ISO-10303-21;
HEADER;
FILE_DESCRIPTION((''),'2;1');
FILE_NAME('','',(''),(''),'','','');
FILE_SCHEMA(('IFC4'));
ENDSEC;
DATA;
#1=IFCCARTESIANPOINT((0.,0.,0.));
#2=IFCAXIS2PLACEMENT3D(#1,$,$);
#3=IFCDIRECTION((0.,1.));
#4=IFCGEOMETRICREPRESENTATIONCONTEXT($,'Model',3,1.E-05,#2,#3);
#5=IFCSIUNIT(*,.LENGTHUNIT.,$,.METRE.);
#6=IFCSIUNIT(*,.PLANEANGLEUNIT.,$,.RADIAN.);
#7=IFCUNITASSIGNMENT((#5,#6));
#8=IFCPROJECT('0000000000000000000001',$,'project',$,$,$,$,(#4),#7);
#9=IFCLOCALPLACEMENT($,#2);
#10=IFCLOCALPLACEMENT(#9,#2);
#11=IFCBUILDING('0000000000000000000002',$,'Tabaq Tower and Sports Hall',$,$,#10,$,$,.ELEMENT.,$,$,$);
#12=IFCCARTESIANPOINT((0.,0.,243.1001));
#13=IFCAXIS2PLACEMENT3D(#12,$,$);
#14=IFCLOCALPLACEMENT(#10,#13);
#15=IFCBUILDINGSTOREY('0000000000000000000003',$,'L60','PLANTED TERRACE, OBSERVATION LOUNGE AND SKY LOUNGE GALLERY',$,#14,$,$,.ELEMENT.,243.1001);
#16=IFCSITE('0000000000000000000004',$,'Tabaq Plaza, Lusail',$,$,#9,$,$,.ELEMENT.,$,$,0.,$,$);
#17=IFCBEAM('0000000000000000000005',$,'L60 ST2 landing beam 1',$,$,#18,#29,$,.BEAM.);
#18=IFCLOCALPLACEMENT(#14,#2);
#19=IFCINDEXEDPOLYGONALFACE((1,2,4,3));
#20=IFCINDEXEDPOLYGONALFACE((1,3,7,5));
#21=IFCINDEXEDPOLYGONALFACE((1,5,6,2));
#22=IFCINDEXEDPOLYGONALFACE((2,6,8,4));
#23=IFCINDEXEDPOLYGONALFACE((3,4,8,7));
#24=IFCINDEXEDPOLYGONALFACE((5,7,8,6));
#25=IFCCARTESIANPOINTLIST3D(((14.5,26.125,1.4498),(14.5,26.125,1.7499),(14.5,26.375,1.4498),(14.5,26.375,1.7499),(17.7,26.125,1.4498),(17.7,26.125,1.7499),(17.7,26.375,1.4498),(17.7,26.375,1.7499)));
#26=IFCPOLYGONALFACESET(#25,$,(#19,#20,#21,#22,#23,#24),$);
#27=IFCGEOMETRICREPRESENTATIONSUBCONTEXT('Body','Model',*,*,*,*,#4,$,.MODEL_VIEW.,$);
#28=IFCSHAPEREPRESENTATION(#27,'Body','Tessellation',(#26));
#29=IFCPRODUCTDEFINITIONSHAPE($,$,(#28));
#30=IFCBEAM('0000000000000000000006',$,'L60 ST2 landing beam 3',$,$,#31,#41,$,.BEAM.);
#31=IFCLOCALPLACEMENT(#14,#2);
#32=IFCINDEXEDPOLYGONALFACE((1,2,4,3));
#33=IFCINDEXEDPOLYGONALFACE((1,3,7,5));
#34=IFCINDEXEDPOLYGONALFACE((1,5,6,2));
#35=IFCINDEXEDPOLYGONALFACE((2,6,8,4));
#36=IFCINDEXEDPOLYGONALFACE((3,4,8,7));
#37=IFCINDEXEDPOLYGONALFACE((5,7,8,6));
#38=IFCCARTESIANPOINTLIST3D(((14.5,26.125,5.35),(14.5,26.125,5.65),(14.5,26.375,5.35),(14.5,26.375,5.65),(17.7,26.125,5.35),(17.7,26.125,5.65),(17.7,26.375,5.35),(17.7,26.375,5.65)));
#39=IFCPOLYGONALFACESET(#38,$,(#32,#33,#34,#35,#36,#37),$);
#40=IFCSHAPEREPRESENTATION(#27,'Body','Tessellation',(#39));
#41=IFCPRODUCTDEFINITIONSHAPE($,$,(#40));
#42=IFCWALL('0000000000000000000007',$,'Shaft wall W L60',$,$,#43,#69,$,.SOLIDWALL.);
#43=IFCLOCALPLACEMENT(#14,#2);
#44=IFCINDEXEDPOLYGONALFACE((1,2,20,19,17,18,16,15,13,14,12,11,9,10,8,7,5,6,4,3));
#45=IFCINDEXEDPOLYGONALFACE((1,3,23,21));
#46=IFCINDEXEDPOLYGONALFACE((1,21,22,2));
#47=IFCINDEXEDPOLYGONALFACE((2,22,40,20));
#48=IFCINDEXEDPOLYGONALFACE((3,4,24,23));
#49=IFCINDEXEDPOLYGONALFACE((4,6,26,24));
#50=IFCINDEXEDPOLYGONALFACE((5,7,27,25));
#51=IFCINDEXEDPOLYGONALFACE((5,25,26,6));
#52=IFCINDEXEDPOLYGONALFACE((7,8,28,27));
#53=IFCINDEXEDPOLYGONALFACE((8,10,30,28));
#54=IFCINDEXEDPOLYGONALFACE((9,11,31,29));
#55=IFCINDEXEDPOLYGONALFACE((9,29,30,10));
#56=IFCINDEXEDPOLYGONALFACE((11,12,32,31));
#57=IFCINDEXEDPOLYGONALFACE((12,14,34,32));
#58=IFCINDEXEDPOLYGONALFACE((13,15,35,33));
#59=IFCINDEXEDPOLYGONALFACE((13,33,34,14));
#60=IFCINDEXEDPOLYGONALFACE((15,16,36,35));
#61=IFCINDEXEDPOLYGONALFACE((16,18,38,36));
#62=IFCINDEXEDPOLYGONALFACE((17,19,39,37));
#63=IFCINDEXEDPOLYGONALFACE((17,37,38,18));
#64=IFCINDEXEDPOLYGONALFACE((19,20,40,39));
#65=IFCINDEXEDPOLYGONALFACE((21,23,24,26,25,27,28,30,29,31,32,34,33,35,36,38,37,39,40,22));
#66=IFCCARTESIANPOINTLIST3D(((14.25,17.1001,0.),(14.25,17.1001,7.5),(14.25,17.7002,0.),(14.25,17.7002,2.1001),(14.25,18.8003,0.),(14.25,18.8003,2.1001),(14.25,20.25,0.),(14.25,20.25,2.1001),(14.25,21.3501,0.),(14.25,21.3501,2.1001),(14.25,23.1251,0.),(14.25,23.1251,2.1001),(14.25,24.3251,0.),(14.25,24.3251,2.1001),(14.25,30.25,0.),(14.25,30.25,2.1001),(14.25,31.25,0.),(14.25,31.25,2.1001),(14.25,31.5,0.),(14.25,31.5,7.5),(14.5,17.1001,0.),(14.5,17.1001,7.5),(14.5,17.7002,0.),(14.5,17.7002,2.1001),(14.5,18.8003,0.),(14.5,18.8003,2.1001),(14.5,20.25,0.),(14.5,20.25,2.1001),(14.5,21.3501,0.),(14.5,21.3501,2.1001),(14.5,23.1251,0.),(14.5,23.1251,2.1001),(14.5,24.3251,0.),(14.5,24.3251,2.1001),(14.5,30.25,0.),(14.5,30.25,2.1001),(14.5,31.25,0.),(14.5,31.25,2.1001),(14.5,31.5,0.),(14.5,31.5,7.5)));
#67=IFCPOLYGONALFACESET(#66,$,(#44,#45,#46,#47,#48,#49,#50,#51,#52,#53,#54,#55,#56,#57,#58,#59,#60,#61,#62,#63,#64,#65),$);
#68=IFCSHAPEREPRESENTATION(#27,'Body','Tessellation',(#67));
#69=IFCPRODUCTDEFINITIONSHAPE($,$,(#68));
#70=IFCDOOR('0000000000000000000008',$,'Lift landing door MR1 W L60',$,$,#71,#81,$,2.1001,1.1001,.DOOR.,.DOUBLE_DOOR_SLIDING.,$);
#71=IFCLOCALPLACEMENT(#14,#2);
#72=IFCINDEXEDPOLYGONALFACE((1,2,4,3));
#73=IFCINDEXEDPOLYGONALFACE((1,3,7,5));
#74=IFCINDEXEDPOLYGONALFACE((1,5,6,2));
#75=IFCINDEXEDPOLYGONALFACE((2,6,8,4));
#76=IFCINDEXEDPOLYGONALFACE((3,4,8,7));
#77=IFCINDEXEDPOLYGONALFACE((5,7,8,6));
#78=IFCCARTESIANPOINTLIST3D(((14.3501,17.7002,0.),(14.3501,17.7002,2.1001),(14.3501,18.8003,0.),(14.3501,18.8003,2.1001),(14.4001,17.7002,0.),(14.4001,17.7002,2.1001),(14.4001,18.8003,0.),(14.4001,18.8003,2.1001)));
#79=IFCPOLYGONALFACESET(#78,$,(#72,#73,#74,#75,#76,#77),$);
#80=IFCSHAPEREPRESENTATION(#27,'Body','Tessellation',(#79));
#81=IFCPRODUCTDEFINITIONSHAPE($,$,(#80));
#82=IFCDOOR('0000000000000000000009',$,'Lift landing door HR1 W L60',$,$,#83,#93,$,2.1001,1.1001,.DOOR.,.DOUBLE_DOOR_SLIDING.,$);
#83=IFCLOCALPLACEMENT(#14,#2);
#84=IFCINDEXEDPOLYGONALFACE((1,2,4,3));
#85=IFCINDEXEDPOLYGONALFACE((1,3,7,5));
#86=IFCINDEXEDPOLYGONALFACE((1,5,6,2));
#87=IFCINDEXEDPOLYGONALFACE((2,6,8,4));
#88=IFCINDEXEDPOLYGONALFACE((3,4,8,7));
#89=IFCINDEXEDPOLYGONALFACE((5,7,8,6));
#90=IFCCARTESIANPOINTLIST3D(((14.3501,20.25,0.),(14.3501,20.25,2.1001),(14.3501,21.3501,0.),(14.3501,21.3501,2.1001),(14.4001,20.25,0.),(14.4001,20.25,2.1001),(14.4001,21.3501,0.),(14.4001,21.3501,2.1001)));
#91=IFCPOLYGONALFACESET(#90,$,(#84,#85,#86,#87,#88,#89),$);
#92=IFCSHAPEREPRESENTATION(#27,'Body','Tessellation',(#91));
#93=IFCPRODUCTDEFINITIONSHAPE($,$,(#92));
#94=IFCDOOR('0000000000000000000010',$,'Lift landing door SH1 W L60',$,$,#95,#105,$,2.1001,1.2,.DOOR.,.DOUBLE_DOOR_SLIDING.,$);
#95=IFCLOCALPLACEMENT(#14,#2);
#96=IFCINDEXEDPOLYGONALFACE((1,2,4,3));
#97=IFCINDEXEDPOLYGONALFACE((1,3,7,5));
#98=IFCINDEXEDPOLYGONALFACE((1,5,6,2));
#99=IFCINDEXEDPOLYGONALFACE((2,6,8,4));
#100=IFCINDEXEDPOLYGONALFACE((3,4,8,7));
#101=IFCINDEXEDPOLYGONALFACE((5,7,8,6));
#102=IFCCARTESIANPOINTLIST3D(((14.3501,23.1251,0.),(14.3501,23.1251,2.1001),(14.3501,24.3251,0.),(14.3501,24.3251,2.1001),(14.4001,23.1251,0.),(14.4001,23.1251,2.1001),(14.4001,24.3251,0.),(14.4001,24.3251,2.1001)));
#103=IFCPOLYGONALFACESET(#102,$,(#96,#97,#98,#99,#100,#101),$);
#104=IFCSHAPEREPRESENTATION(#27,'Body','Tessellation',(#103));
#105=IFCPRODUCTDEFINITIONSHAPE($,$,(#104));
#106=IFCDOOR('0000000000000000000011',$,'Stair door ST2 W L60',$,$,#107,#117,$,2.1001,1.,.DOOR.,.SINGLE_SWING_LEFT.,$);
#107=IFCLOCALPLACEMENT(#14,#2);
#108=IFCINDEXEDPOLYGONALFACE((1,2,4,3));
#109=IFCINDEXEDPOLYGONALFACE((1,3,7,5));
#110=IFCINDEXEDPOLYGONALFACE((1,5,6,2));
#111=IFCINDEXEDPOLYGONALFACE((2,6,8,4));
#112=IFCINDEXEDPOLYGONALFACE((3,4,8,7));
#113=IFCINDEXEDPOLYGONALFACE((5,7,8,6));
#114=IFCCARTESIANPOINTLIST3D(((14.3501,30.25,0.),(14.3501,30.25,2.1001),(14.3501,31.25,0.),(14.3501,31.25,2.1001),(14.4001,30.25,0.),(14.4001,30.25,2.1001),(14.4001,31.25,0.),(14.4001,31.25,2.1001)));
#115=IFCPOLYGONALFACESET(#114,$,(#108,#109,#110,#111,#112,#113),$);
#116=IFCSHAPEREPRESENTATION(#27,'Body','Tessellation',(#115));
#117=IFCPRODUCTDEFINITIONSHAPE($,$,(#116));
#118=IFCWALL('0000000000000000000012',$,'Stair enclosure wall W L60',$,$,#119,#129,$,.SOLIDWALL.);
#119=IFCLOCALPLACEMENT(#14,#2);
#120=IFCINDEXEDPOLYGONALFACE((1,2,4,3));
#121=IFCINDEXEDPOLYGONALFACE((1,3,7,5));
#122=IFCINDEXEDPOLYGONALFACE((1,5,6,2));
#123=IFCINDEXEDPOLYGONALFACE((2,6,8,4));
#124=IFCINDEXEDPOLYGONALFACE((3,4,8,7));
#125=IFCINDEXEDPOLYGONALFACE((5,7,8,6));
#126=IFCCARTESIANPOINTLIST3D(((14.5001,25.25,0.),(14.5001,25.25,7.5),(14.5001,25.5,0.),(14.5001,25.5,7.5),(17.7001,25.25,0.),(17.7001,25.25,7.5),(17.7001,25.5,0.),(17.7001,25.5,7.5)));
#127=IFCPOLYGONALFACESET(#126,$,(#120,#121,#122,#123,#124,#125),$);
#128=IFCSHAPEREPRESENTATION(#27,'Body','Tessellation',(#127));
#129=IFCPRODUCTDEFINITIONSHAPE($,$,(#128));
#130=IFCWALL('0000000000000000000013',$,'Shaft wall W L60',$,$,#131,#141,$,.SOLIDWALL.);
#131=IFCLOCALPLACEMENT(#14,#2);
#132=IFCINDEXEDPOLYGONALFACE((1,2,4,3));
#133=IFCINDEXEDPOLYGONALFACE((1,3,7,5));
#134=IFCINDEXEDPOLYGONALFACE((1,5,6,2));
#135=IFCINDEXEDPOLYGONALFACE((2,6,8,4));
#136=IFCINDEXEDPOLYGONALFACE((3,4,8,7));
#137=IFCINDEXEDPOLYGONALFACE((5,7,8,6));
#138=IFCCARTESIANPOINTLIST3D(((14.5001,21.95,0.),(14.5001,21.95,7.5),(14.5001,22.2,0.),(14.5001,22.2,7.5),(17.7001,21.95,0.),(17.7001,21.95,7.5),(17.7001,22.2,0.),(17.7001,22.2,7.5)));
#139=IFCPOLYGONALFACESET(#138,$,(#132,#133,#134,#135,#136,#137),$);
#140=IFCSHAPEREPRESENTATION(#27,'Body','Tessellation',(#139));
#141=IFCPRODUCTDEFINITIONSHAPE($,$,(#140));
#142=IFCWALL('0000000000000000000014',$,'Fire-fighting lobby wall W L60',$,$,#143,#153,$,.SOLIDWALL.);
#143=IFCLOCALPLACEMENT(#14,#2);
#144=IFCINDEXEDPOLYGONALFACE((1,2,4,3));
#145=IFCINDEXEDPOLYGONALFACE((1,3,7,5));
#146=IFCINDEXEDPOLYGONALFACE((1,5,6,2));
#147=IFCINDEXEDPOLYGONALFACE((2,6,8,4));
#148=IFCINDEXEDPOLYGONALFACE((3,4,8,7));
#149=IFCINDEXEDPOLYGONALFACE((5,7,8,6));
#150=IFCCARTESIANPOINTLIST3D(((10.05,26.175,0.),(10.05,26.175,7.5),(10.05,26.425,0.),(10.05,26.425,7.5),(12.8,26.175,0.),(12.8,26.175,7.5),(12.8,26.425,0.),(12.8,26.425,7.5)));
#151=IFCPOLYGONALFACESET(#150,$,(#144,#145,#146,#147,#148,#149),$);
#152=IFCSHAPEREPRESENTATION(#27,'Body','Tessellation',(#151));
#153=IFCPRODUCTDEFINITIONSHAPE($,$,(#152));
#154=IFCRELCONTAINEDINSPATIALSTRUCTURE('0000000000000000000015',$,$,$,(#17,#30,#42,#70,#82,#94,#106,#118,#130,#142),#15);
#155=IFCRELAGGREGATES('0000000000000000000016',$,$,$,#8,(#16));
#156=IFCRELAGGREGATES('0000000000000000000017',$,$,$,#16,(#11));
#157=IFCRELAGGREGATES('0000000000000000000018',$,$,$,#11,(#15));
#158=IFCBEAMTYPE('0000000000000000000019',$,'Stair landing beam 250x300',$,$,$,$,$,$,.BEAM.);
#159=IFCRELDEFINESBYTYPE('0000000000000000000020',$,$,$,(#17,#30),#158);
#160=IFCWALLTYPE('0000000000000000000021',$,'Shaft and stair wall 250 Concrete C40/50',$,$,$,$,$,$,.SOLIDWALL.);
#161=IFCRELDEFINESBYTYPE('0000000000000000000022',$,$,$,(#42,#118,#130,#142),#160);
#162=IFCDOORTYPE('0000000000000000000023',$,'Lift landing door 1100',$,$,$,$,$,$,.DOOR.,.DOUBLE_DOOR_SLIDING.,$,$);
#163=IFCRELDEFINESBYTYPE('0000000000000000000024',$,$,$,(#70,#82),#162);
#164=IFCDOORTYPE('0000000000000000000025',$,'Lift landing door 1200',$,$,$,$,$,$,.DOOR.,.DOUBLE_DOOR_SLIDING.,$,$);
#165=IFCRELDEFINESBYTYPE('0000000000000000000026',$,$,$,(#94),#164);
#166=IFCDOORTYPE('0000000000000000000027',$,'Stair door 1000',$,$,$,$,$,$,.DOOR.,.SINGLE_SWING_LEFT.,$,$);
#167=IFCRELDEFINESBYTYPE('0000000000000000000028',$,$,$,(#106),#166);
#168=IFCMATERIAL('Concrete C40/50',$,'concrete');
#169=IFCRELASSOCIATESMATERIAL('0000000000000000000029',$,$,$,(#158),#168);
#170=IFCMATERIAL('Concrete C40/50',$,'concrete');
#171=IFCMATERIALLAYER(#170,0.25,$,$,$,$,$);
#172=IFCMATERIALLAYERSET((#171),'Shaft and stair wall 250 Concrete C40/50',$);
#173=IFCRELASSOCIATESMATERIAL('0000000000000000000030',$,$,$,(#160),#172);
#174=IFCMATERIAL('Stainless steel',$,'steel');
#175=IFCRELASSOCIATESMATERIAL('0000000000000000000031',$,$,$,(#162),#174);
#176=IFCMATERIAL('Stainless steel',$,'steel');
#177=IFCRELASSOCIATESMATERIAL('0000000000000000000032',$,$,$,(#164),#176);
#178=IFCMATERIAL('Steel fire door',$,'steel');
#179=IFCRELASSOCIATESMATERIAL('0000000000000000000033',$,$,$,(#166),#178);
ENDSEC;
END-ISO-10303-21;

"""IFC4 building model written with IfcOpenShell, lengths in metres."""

from ifc_helpers import new_model, si_unit, direction, frame, frame_2d, origin, origin_2d, place, context, subcontext, project, spatial, rectangle, extrude, material, layer, layer_set, material_profile, profile_set, type_object, element, fill, save


model = new_model("IFC4")

# Units and contexts
model_context = context("Model", 3, precision=1e-05, world=origin(), true_north=direction((0.0, 1.0)))
body_context = subcontext(model_context, "Body", "Model", "MODEL_VIEW")
ifc_project = project(units=[si_unit("LENGTHUNIT", "METRE"), si_unit("PLANEANGLEUNIT", "RADIAN")], contexts=[model_context])

# Site, building, storey
site_placement = place(None, origin())
site = spatial("IfcSite", under=ifc_project, at=site_placement, Name="Tabaq Plaza, Lusail", CompositionType="ELEMENT", RefElevation=0.0)
building_placement = place(site_placement, origin())
building = spatial("IfcBuilding", under=site, at=building_placement, Name="Tabaq Tower and Sports Hall", CompositionType="ELEMENT")
storey_placement = place(building_placement, frame((0.0, 0.0, 243.1001)))
storey = spatial("IfcBuildingStorey", under=building, at=storey_placement, Name="L60", Description="PLANTED TERRACE, OBSERVATION LOUNGE AND SKY LOUNGE GALLERY", CompositionType="ELEMENT", Elevation=243.1001)

# Beams
ifc_material_1 = material(Name="Concrete C40/50", Category="concrete")
ifc_material_profile = material_profile(ifc_material_1, rectangle(XDim=0.25, YDim=0.3, at=origin_2d()), Name="RC 250x300")
ifc_profile_set = profile_set([ifc_material_profile], Name="Concrete C40/50")
beam_type = type_object("IfcBeamType", Name="Stair landing beam 250x300", PredefinedType="BEAM", material=ifc_profile_set)
for number, where, z_axis, x_axis, name in (
    (1, (14.5, 26.25, 1.5999), (1.0, 0.0, 0.0), (0.0, 1.0, 0.0), "L60 ST2 landing beam 1"),
    (2, (14.5, 26.25, 5.5), (1.0, 0.0, 0.0), (0.0, 1.0, 0.0), "L60 ST2 landing beam 3"),
):
    element("IfcBeam", number, at=place(storey_placement, frame(where, z_axis=z_axis, x_axis=x_axis)), inside=storey, type_object=beam_type, Name=name, PredefinedType="BEAM", context=body_context, shape_type="SweptSolid", body=[
        extrude(rectangle(XDim=0.25, YDim=0.3, at=origin_2d()), origin(), (0.0, 0.0, 1.0), 3.2),
    ])

# Wall, openings, doors
ifc_material_2 = material(Name="Concrete C40/50", Category="concrete")
ifc_layer_1 = layer(ifc_material_2, 0.25)
ifc_layer_set_1 = layer_set([ifc_layer_1], Name="Shaft and stair wall 250 Concrete C40/50")
wall_type_1 = type_object("IfcWallType", Name="Shaft and stair wall 250 Concrete C40/50", PredefinedType="SOLIDWALL", material=ifc_layer_set_1)
wall_1_placement = place(storey_placement, frame((14.375, 17.1001, 0.0), z_axis=(0.0, 0.0, 1.0), x_axis=(0.0, 1.0, 0.0)))
wall_1 = element("IfcWall", 3, at=wall_1_placement, inside=storey, type_object=wall_type_1, Name="Shaft wall W L60", PredefinedType="SOLIDWALL", context=body_context, shape_type="SweptSolid", body=[
    extrude(rectangle(XDim=14.3999, YDim=0.25, at=frame_2d((7.2, 0.0))), origin(), (0.0, 0.0, 1.0), 7.5),
])
opening_1_placement = place(wall_1_placement, frame((13.1499, 0.0, 0.0)))
opening_1 = element("IfcOpeningElement", 4, at=opening_1_placement, cuts=wall_1, PredefinedType="OPENING", context=body_context, shape_type="SweptSolid", body=[
    extrude(rectangle(XDim=1.0, YDim=2.1001, at=frame_2d((0.5, 1.05))), frame((0.0, 0.125, 0.0), z_axis=(0.0, -1.0, 0.0), x_axis=(1.0, 0.0, 0.0)), (0.0, 0.0, 1.0), 0.25),
])
opening_2_placement = place(wall_1_placement, frame((0.6001, 0.0, 0.0)))
opening_2 = element("IfcOpeningElement", 5, at=opening_2_placement, cuts=wall_1, PredefinedType="OPENING", context=body_context, shape_type="SweptSolid", body=[
    extrude(rectangle(XDim=1.1001, YDim=2.1001, at=frame_2d((0.55, 1.05))), frame((0.0, 0.125, 0.0), z_axis=(0.0, -1.0, 0.0), x_axis=(1.0, 0.0, 0.0)), (0.0, 0.0, 1.0), 0.25),
])
opening_3_placement = place(wall_1_placement, frame((3.1499, 0.0, 0.0)))
opening_3 = element("IfcOpeningElement", 6, at=opening_3_placement, cuts=wall_1, PredefinedType="OPENING", context=body_context, shape_type="SweptSolid", body=[
    extrude(rectangle(XDim=1.1001, YDim=2.1001, at=frame_2d((0.55, 1.05))), frame((0.0, 0.125, 0.0), z_axis=(0.0, -1.0, 0.0), x_axis=(1.0, 0.0, 0.0)), (0.0, 0.0, 1.0), 0.25),
])
opening_4_placement = place(wall_1_placement, frame((6.0249, 0.0, 0.0)))
opening_4 = element("IfcOpeningElement", 7, at=opening_4_placement, cuts=wall_1, PredefinedType="OPENING", context=body_context, shape_type="SweptSolid", body=[
    extrude(rectangle(XDim=1.2, YDim=2.1001, at=frame_2d((0.6001, 1.05))), frame((0.0, 0.125, 0.0), z_axis=(0.0, -1.0, 0.0), x_axis=(1.0, 0.0, 0.0)), (0.0, 0.0, 1.0), 0.25),
])
ifc_material_3 = material(Name="Stainless steel", Category="steel")
door_type_1 = type_object("IfcDoorType", Name="Lift landing door 1100", OperationType="DOUBLE_DOOR_SLIDING", PredefinedType="DOOR", material=ifc_material_3)
door_1_placement = place(opening_2_placement, origin())
door_1 = element("IfcDoor", 8, at=door_1_placement, inside=storey, type_object=door_type_1, Name="Lift landing door MR1 W L60", OperationType="DOUBLE_DOOR_SLIDING", OverallHeight=2.1001, OverallWidth=1.1001, PredefinedType="DOOR", context=body_context, shape_type="SweptSolid", body=[
    extrude(rectangle(XDim=1.1001, YDim=2.1001, at=frame_2d((0.55, 1.05))), frame((0.0, 0.0249, 0.0), z_axis=(0.0, -1.0, 0.0), x_axis=(1.0, 0.0, 0.0)), (0.0, 0.0, 1.0), 0.05),
])
fill(opening_2, door_1)
door_2_placement = place(opening_3_placement, origin())
door_2 = element("IfcDoor", 9, at=door_2_placement, inside=storey, type_object=door_type_1, Name="Lift landing door HR1 W L60", OperationType="DOUBLE_DOOR_SLIDING", OverallHeight=2.1001, OverallWidth=1.1001, PredefinedType="DOOR", context=body_context, shape_type="SweptSolid", body=[
    extrude(rectangle(XDim=1.1001, YDim=2.1001, at=frame_2d((0.55, 1.05))), frame((0.0, 0.0249, 0.0), z_axis=(0.0, -1.0, 0.0), x_axis=(1.0, 0.0, 0.0)), (0.0, 0.0, 1.0), 0.05),
])
fill(opening_3, door_2)
ifc_material_4 = material(Name="Stainless steel", Category="steel")
door_type_2 = type_object("IfcDoorType", Name="Lift landing door 1200", OperationType="DOUBLE_DOOR_SLIDING", PredefinedType="DOOR", material=ifc_material_4)
door_3_placement = place(opening_4_placement, origin())
door_3 = element("IfcDoor", 10, at=door_3_placement, inside=storey, type_object=door_type_2, Name="Lift landing door SH1 W L60", OperationType="DOUBLE_DOOR_SLIDING", OverallHeight=2.1001, OverallWidth=1.2, PredefinedType="DOOR", context=body_context, shape_type="SweptSolid", body=[
    extrude(rectangle(XDim=1.2, YDim=2.1001, at=frame_2d((0.6001, 1.05))), frame((0.0, 0.0249, 0.0), z_axis=(0.0, -1.0, 0.0), x_axis=(1.0, 0.0, 0.0)), (0.0, 0.0, 1.0), 0.05),
])
fill(opening_4, door_3)
ifc_material_5 = material(Name="Steel fire door", Category="steel")
door_type_3 = type_object("IfcDoorType", Name="Stair door 1000", OperationType="SINGLE_SWING_LEFT", PredefinedType="DOOR", material=ifc_material_5)
door_4_placement = place(opening_1_placement, origin())
door_4 = element("IfcDoor", 11, at=door_4_placement, inside=storey, type_object=door_type_3, Name="Stair door ST2 W L60", OperationType="SINGLE_SWING_LEFT", OverallHeight=2.1001, OverallWidth=1.0, PredefinedType="DOOR", context=body_context, shape_type="SweptSolid", body=[
    extrude(rectangle(XDim=1.0, YDim=2.1001, at=frame_2d((0.5, 1.05))), frame((0.0, 0.0249, 0.0), z_axis=(0.0, -1.0, 0.0), x_axis=(1.0, 0.0, 0.0)), (0.0, 0.0, 1.0), 0.05),
])
fill(opening_1, door_4)

# Walls
for number, where, z_axis, x_axis, name in (
    (12, (14.5, 25.375, 0.0), (0.0, 0.0, 1.0), (1.0, 0.0, 0.0), "Stair enclosure wall W L60"),
    (13, (14.5, 22.075, 0.0), (0.0, 0.0, 1.0), (1.0, 0.0, 0.0), "Shaft wall W L60"),
):
    element("IfcWall", number, at=place(storey_placement, frame(where, z_axis=z_axis, x_axis=x_axis)), inside=storey, type_object=wall_type_1, Name=name, PredefinedType="SOLIDWALL", context=body_context, shape_type="SweptSolid", body=[
        extrude(rectangle(XDim=3.2, YDim=0.25, at=frame_2d((1.6001, 0.0))), origin(), (0.0, 0.0, 1.0), 7.5),
    ])
wall_2_placement = place(storey_placement, frame((10.05, 26.3, 0.0), z_axis=(0.0, 0.0, 1.0), x_axis=(1.0, 0.0, 0.0)))
element("IfcWall", 14, at=wall_2_placement, inside=storey, type_object=wall_type_1, Name="Fire-fighting lobby wall W L60", PredefinedType="SOLIDWALL", context=body_context, shape_type="SweptSolid", body=[
    extrude(rectangle(XDim=2.75, YDim=0.25, at=frame_2d((1.375, 0.0))), origin(), (0.0, 0.0, 1.0), 7.5),
])

save(model, "model.ifc")
